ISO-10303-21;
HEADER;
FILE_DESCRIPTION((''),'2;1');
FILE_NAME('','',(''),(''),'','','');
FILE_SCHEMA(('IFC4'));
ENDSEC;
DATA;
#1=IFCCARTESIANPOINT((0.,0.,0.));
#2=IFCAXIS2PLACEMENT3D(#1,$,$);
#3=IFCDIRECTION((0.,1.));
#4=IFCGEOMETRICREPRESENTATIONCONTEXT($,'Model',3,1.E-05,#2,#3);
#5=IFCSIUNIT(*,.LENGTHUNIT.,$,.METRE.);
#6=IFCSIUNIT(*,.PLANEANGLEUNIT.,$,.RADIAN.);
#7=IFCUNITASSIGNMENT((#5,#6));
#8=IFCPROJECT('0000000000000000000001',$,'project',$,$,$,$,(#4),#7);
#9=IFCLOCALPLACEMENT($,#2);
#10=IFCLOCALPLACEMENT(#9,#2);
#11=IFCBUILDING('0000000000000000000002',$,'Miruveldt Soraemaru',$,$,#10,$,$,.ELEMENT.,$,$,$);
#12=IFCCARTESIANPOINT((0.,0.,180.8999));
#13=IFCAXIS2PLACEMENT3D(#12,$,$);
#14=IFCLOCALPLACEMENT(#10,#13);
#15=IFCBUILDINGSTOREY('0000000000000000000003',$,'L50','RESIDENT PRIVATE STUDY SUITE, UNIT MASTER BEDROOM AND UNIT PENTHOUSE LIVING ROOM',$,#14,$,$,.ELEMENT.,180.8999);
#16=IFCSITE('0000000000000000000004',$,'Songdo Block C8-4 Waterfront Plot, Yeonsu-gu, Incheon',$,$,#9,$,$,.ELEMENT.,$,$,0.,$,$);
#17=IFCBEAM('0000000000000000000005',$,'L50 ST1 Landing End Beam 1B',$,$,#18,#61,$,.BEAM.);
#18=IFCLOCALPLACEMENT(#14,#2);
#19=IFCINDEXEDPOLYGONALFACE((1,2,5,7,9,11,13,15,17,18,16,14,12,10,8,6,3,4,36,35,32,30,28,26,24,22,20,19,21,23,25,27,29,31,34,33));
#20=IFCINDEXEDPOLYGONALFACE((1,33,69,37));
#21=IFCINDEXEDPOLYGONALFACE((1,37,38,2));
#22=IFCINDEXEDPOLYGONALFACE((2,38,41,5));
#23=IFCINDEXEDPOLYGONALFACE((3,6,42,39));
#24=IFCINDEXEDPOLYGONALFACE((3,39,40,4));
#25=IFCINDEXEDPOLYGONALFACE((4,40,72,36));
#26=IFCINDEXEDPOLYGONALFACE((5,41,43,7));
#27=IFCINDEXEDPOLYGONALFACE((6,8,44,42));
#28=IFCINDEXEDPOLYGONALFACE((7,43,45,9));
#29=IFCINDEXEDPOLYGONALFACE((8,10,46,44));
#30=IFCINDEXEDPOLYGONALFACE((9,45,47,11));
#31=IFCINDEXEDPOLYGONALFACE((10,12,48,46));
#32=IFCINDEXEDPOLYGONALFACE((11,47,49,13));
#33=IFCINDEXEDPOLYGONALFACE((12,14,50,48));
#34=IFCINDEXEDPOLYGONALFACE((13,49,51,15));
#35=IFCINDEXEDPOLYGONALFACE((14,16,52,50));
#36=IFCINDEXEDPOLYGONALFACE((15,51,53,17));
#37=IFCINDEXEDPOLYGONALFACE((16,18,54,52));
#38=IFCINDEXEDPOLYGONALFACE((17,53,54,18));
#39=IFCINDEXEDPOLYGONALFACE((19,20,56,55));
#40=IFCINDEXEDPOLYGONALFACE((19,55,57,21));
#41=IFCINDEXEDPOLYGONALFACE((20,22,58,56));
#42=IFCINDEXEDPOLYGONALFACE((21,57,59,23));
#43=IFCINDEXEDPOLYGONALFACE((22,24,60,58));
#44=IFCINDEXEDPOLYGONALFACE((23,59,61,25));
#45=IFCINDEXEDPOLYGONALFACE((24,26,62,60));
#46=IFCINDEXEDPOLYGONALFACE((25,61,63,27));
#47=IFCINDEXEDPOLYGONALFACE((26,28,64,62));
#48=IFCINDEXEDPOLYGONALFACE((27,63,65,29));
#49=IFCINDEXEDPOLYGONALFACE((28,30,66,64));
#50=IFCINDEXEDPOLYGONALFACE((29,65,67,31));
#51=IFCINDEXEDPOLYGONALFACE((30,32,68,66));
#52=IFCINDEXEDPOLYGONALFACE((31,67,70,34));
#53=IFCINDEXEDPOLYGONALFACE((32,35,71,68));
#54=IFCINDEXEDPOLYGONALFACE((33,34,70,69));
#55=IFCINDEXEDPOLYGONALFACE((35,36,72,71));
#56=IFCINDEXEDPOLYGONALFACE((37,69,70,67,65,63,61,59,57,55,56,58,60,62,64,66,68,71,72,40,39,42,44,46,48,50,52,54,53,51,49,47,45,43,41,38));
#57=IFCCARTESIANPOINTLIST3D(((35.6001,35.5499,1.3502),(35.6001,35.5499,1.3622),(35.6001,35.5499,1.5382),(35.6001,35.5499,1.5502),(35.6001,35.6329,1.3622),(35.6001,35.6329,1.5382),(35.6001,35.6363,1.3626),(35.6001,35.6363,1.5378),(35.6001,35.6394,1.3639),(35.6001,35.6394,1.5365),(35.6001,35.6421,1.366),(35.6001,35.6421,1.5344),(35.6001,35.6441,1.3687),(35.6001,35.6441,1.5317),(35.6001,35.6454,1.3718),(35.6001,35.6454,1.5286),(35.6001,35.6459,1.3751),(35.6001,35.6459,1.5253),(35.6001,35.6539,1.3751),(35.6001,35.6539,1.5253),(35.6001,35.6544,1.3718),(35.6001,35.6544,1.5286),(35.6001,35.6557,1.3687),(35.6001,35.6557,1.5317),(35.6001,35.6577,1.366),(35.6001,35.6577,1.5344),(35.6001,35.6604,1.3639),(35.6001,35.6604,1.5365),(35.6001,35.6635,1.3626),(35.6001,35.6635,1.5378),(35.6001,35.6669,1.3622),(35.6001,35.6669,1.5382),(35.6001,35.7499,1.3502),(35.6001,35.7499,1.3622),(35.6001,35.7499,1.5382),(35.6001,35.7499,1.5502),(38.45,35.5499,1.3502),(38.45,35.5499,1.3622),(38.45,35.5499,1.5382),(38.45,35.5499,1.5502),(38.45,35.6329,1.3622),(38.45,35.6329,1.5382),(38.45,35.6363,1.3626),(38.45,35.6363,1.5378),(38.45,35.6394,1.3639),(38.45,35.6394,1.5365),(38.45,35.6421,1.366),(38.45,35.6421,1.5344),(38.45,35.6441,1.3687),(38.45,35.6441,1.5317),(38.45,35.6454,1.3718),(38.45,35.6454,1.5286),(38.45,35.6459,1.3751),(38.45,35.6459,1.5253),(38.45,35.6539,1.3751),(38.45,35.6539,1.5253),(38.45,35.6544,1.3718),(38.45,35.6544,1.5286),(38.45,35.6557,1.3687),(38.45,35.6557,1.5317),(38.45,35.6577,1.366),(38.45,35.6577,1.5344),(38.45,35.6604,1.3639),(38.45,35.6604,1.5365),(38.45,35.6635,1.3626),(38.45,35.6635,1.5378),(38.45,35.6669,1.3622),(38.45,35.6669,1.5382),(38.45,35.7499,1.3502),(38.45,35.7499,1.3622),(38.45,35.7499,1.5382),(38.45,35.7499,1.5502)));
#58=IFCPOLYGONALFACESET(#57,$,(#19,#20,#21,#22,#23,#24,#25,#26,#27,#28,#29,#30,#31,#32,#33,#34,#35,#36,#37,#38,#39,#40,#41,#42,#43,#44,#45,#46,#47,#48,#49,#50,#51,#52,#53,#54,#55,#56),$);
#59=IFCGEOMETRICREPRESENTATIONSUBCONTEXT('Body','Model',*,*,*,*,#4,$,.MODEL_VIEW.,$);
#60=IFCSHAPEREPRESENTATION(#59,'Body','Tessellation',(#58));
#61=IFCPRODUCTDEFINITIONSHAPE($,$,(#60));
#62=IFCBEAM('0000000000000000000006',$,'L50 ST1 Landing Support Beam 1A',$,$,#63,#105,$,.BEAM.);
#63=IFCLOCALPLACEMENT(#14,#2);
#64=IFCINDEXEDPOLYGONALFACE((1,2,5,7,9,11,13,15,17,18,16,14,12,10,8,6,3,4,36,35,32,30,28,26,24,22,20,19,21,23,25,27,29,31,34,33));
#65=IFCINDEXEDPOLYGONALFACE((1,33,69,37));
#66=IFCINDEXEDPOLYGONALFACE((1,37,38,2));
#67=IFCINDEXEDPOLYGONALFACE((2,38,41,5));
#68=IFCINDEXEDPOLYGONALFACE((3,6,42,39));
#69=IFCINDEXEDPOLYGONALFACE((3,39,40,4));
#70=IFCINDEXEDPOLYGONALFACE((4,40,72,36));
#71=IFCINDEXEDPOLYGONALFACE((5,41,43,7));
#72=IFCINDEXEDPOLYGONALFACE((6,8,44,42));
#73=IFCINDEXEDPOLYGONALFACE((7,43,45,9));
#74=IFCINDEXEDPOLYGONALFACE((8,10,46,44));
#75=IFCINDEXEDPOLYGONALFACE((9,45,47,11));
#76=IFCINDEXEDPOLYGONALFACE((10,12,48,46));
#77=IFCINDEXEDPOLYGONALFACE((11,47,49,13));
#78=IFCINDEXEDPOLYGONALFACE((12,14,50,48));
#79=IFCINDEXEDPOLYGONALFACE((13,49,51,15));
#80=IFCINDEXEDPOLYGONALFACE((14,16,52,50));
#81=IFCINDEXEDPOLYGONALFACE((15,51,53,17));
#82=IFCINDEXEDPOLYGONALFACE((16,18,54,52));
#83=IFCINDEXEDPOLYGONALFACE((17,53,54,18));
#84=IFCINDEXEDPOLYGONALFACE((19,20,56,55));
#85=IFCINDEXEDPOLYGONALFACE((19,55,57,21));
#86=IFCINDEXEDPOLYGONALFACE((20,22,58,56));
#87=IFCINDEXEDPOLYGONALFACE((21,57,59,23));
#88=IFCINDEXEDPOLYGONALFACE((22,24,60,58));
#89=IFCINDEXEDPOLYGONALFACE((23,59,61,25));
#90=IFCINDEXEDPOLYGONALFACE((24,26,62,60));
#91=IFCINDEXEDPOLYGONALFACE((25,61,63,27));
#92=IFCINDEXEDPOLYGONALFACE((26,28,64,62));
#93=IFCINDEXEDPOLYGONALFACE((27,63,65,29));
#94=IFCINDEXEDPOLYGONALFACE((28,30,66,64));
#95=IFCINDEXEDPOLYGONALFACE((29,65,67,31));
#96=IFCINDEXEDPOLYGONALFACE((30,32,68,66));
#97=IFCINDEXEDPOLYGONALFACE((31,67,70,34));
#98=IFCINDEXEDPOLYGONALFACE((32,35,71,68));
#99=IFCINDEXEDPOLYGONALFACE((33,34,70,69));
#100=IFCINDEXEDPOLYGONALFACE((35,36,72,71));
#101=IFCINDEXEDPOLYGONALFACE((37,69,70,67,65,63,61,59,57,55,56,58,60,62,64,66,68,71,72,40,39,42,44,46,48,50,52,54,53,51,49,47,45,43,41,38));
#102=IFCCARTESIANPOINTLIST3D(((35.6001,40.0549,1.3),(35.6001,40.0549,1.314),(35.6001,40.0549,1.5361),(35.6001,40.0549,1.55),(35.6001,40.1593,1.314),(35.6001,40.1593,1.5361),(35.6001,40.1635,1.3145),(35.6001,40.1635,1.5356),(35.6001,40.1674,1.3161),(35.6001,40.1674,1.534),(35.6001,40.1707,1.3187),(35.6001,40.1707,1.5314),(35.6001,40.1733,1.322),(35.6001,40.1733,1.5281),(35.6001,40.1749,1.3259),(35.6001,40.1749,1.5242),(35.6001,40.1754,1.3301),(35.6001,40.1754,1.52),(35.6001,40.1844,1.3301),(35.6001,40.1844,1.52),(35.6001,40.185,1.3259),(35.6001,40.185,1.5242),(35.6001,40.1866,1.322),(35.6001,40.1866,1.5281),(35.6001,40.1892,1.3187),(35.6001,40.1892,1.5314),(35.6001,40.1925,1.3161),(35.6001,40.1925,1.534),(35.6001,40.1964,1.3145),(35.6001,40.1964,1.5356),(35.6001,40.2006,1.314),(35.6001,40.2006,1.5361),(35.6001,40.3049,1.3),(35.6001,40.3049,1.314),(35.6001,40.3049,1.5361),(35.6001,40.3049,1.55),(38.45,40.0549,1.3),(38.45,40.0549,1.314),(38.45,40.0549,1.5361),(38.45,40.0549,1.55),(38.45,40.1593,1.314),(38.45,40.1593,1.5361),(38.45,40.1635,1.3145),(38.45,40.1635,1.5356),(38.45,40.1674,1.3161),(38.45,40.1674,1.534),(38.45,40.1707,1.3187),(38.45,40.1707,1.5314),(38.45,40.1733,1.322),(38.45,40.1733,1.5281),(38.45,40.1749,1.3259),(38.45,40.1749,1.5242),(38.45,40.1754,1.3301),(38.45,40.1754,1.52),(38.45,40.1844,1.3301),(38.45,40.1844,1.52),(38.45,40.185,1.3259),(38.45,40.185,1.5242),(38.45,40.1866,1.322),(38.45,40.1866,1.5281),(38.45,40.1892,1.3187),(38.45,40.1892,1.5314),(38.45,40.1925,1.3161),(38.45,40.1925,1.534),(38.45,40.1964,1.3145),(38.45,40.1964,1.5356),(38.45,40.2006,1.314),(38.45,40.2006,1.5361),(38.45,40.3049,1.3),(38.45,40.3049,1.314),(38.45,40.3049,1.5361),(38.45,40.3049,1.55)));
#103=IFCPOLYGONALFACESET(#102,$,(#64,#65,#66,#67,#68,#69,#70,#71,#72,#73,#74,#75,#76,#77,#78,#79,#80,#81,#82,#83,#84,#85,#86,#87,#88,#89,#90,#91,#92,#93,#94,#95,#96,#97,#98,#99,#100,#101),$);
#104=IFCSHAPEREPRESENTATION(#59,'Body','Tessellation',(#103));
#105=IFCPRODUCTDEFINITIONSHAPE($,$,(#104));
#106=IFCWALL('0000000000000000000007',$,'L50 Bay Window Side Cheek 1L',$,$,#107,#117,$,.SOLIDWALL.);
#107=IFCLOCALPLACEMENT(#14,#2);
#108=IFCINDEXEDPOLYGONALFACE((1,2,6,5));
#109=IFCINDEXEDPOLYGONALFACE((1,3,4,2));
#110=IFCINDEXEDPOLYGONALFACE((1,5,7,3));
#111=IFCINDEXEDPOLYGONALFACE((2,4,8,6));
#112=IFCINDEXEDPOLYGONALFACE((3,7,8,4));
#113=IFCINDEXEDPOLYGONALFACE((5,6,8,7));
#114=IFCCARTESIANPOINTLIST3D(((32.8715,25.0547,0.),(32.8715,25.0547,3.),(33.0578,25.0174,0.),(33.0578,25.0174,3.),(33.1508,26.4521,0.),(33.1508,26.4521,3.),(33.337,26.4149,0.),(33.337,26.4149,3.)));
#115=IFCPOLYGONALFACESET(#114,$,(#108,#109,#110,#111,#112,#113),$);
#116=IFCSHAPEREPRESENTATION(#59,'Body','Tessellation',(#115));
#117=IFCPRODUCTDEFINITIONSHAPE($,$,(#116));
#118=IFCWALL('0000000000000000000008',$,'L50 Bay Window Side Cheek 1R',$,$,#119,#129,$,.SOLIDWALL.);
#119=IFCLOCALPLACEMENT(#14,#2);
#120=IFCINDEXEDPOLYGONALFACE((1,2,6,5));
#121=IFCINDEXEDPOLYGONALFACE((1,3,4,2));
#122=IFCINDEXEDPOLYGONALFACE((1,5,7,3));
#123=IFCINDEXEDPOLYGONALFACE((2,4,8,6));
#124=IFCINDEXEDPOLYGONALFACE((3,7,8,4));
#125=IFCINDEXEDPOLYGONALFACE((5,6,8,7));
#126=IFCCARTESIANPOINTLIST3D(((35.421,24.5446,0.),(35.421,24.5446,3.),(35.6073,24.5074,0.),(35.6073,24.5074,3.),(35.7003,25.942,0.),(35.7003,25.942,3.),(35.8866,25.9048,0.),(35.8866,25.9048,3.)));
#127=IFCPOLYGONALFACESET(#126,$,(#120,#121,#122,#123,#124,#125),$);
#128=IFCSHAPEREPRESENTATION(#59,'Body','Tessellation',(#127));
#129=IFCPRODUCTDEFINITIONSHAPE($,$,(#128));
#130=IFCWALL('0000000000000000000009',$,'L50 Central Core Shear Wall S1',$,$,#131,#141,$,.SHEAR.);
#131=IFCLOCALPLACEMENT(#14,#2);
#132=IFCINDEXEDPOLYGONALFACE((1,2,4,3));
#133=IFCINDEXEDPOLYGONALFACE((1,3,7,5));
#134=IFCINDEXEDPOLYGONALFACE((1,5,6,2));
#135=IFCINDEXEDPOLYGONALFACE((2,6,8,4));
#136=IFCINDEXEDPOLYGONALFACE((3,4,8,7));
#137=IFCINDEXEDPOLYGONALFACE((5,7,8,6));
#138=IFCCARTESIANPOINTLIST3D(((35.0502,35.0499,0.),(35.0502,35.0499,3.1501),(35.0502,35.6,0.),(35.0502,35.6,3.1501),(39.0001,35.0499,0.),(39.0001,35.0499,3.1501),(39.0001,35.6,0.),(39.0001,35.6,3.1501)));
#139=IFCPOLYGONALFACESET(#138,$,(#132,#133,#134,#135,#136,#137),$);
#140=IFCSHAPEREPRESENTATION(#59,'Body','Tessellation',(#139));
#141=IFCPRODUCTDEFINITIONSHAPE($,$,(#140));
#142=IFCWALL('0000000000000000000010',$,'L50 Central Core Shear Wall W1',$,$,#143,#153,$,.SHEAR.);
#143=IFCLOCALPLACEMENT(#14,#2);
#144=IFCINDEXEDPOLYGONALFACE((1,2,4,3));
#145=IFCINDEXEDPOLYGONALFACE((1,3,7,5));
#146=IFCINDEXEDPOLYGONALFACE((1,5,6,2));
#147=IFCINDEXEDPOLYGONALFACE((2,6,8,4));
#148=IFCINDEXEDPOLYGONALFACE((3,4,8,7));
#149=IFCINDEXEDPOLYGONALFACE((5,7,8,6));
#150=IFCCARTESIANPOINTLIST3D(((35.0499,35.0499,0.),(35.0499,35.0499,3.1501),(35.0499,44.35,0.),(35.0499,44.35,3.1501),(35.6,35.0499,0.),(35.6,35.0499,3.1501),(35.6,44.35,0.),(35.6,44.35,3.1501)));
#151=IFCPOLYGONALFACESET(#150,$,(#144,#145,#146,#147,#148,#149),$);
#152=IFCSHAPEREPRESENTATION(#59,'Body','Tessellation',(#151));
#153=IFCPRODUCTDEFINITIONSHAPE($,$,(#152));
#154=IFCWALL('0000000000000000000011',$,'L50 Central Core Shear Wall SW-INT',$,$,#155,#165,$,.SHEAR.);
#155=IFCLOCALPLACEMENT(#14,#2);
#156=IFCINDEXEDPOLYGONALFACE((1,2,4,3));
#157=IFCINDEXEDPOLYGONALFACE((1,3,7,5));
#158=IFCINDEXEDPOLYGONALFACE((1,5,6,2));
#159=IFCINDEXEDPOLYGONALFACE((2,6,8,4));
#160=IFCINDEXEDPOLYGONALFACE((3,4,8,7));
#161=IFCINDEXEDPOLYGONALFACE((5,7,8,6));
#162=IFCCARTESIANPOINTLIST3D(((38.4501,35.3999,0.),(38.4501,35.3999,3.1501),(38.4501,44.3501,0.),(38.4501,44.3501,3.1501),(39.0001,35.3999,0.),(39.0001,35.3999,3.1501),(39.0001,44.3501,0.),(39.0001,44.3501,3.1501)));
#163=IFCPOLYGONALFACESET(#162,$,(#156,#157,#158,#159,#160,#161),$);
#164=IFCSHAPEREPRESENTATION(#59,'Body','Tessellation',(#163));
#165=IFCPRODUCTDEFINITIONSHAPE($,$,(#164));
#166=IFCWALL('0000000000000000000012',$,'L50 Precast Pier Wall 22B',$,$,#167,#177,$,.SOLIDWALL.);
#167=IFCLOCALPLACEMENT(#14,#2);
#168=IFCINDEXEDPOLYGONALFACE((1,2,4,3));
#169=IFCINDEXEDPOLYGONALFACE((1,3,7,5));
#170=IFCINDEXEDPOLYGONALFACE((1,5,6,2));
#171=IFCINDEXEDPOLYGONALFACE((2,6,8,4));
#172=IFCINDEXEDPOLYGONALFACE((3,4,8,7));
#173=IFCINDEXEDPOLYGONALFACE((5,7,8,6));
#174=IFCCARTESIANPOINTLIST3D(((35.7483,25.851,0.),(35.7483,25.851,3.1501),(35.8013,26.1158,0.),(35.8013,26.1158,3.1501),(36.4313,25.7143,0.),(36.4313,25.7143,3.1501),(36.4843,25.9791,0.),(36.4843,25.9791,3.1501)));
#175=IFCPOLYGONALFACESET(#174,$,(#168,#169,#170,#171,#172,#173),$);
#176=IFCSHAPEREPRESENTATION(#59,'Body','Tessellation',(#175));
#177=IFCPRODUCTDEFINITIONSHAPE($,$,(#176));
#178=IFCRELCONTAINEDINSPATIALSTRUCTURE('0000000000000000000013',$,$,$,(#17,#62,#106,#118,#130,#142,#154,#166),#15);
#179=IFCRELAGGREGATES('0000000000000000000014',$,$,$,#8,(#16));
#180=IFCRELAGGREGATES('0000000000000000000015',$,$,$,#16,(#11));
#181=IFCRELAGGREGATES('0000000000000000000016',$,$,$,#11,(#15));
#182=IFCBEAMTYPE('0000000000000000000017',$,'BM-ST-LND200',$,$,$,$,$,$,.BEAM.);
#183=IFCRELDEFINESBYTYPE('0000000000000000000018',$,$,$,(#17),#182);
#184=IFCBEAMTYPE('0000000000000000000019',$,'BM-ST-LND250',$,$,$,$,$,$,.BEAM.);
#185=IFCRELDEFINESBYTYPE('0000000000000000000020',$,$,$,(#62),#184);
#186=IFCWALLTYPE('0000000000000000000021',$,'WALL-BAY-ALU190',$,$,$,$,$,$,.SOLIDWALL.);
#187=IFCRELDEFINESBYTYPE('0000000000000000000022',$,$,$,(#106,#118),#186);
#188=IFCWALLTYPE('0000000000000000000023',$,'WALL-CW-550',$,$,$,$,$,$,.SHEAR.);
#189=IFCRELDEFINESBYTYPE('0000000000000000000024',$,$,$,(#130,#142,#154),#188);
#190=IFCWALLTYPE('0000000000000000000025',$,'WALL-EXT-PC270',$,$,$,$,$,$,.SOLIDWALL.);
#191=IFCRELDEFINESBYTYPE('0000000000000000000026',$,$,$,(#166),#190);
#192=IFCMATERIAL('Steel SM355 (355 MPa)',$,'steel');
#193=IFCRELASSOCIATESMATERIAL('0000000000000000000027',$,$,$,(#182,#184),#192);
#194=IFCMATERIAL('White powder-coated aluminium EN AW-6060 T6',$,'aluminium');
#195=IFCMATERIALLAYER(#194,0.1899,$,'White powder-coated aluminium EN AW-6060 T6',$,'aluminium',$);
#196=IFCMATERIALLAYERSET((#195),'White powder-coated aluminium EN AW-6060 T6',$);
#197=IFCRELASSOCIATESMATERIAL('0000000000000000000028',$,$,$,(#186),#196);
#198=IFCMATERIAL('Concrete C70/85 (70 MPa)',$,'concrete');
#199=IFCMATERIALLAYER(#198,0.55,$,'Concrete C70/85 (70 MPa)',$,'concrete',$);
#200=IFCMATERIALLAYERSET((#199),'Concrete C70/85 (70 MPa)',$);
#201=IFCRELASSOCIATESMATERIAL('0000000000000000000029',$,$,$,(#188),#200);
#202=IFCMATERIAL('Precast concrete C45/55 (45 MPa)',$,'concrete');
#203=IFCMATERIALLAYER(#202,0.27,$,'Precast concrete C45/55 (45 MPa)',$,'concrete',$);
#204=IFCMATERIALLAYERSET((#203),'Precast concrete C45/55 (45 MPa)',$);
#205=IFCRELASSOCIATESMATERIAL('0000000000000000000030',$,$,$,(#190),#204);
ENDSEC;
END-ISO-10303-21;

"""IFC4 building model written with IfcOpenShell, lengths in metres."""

from ifc_helpers import new_model, si_unit, direction, frame, frame_2d, origin, origin_2d, place, context, subcontext, project, spatial, rectangle, i_section, extrude, material, layer, layer_set, material_profile, profile_set, type_object, element, save


model = new_model("IFC4")

# Units and contexts
model_context = context("Model", 3, precision=1e-05, world=origin(), true_north=direction((0.0, 1.0)))
body_context = subcontext(model_context, "Body", "Model", "MODEL_VIEW")
ifc_project = project(units=[si_unit("LENGTHUNIT", "METRE"), si_unit("PLANEANGLEUNIT", "RADIAN")], contexts=[model_context])

# Site, building, storey
site_placement = place(None, origin())
site = spatial("IfcSite", under=ifc_project, at=site_placement, Name="Songdo Block C8-4 Waterfront Plot, Yeonsu-gu, Incheon", CompositionType="ELEMENT", RefElevation=0.0)
building_placement = place(site_placement, origin())
building = spatial("IfcBuilding", under=site, at=building_placement, Name="Miruveldt Soraemaru", CompositionType="ELEMENT")
storey_placement = place(building_placement, frame((0.0, 0.0, 180.8999)))
storey = spatial("IfcBuildingStorey", under=building, at=storey_placement, Name="L50", Description="RESIDENT PRIVATE STUDY SUITE, UNIT MASTER BEDROOM AND UNIT PENTHOUSE LIVING ROOM", CompositionType="ELEMENT", Elevation=180.8999)

# Shared definitions
ifc_material_1 = material(Name="Concrete C70/85 (70 MPa)", Category="concrete")

# Beams
ifc_material_2 = material(Name="Steel SM355 (355 MPa)", Category="steel")
ifc_material_profile_1 = material_profile(ifc_material_2, i_section(OverallWidth=0.2, OverallDepth=0.2, WebThickness=0.0081, FlangeThickness=0.012, FilletRadius=0.0129, at=origin_2d()), Name="Steel SM355 (355 MPa)", Category="steel")
ifc_profile_set_1 = profile_set([ifc_material_profile_1], Name="Steel SM355 (355 MPa)")
beam_type_1 = type_object("IfcBeamType", Name="BM-ST-LND200", PredefinedType="BEAM", material=ifc_profile_set_1)
beam_1_placement = place(storey_placement, frame((35.6001, 35.6499, 1.4502), z_axis=(1.0, 0.0, 0.0), x_axis=(0.0, 1.0, 0.0)))
element("IfcBeam", 1, at=beam_1_placement, inside=storey, type_object=beam_type_1, Name="L50 ST1 Landing End Beam 1B", PredefinedType="BEAM", context=body_context, shape_type="SweptSolid", body=[
    extrude(i_section(OverallWidth=0.2, OverallDepth=0.2, WebThickness=0.0081, FlangeThickness=0.012, FilletRadius=0.0129, at=origin_2d()), origin(), (0.0, 0.0, 1.0), 2.8499),
])
ifc_material_profile_2 = material_profile(ifc_material_2, i_section(OverallWidth=0.25, OverallDepth=0.25, WebThickness=0.009, FlangeThickness=0.0139, FilletRadius=0.0161, at=origin_2d()), Name="Steel SM355 (355 MPa)", Category="steel")
ifc_profile_set_2 = profile_set([ifc_material_profile_2], Name="Steel SM355 (355 MPa)")
beam_type_2 = type_object("IfcBeamType", Name="BM-ST-LND250", PredefinedType="BEAM", material=ifc_profile_set_2)
beam_2_placement = place(storey_placement, frame((35.6001, 40.1799, 1.425), z_axis=(1.0, 0.0, 0.0), x_axis=(0.0, 1.0, 0.0)))
element("IfcBeam", 2, at=beam_2_placement, inside=storey, type_object=beam_type_2, Name="L50 ST1 Landing Support Beam 1A", PredefinedType="BEAM", context=body_context, shape_type="SweptSolid", body=[
    extrude(i_section(OverallWidth=0.25, OverallDepth=0.25, WebThickness=0.009, FlangeThickness=0.0139, FilletRadius=0.0161, at=origin_2d()), origin(), (0.0, 0.0, 1.0), 2.8499),
])

# Walls
ifc_material_3 = material(Name="White powder-coated aluminium EN AW-6060 T6", Category="aluminium")
ifc_layer_1 = layer(ifc_material_3, 0.1899, Name="White powder-coated aluminium EN AW-6060 T6", Category="aluminium")
ifc_layer_set_1 = layer_set([ifc_layer_1], Name="White powder-coated aluminium EN AW-6060 T6")
wall_type_1 = type_object("IfcWallType", Name="WALL-BAY-ALU190", PredefinedType="SOLIDWALL", material=ifc_layer_set_1)
for number, where, z_axis, x_axis, name in (
    (3, (33.2439, 26.4333, 0.0), (0.0, 0.0, 1.0), (-0.195984, -0.980607, 0.0), "L50 Bay Window Side Cheek 1L"),
    (4, (35.5142, 24.5261, 0.0), (0.0, 0.0, 1.0), (0.195984, 0.980607, 0.0), "L50 Bay Window Side Cheek 1R"),
):
    element("IfcWall", number, at=place(storey_placement, frame(where, z_axis=z_axis, x_axis=x_axis)), inside=storey, type_object=wall_type_1, Name=name, PredefinedType="SOLIDWALL", context=body_context, shape_type="SweptSolid", body=[
        extrude(rectangle(XDim=1.425, YDim=0.1899, at=frame_2d((0.7124, 0.0))), origin(), (0.0, 0.0, 1.0), 3.0),
    ])
ifc_layer_2 = layer(ifc_material_1, 0.55, Name="Concrete C70/85 (70 MPa)", Category="concrete")
ifc_layer_set_2 = layer_set([ifc_layer_2], Name="Concrete C70/85 (70 MPa)")
wall_type_2 = type_object("IfcWallType", Name="WALL-CW-550", PredefinedType="SHEAR", material=ifc_layer_set_2)
wall_1_placement = place(storey_placement, frame((35.05, 35.325, 0.0), z_axis=(0.0, 0.0, 1.0), x_axis=(1.0, 0.0, 0.0)))
element("IfcWall", 5, at=wall_1_placement, inside=storey, type_object=wall_type_2, Name="L50 Central Core Shear Wall S1", PredefinedType="SHEAR", context=body_context, shape_type="SweptSolid", body=[
    extrude(rectangle(XDim=3.95, YDim=0.55, at=frame_2d((1.9751, 0.0))), origin(), (0.0, 0.0, 1.0), 3.1501),
])
wall_2_placement = place(storey_placement, frame((35.325, 35.05, 0.0), z_axis=(0.0, 0.0, 1.0), x_axis=(0.0, 1.0, 0.0)))
element("IfcWall", 6, at=wall_2_placement, inside=storey, type_object=wall_type_2, Name="L50 Central Core Shear Wall W1", PredefinedType="SHEAR", context=body_context, shape_type="SweptSolid", body=[
    extrude(rectangle(XDim=9.3, YDim=0.55, at=frame_2d((4.6499, 0.0))), origin(), (0.0, 0.0, 1.0), 3.1501),
])
wall_3_placement = place(storey_placement, frame((38.7251, 35.3999, 0.0), z_axis=(0.0, 0.0, 1.0), x_axis=(0.0, 1.0, 0.0)))
element("IfcWall", 7, at=wall_3_placement, inside=storey, type_object=wall_type_2, Name="L50 Central Core Shear Wall SW-INT", PredefinedType="SHEAR", context=body_context, shape_type="SweptSolid", body=[
    extrude(rectangle(XDim=8.9502, YDim=0.55, at=frame_2d((4.4751, 0.0))), origin(), (0.0, 0.0, 1.0), 3.1501),
])
ifc_material_4 = material(Name="Precast concrete C45/55 (45 MPa)", Category="concrete")
ifc_layer_3 = layer(ifc_material_4, 0.27, Name="Precast concrete C45/55 (45 MPa)", Category="concrete")
ifc_layer_set_3 = layer_set([ifc_layer_3], Name="Precast concrete C45/55 (45 MPa)")
wall_type_3 = type_object("IfcWallType", Name="WALL-EXT-PC270", PredefinedType="SOLIDWALL", material=ifc_layer_set_3)
wall_4_placement = place(storey_placement, frame((35.7749, 25.9834, 0.0), z_axis=(0.0, 0.0, 1.0), x_axis=(0.980554, -0.196251, 0.0)))
element("IfcWall", 8, at=wall_4_placement, inside=storey, type_object=wall_type_3, Name="L50 Precast Pier Wall 22B", PredefinedType="SOLIDWALL", context=body_context, shape_type="SweptSolid", body=[
    extrude(rectangle(XDim=0.6965, YDim=0.27, at=frame_2d((0.3481, 0.0))), origin(), (0.0, 0.0, 1.0), 3.1501),
])

save(model, "model.ifc")
